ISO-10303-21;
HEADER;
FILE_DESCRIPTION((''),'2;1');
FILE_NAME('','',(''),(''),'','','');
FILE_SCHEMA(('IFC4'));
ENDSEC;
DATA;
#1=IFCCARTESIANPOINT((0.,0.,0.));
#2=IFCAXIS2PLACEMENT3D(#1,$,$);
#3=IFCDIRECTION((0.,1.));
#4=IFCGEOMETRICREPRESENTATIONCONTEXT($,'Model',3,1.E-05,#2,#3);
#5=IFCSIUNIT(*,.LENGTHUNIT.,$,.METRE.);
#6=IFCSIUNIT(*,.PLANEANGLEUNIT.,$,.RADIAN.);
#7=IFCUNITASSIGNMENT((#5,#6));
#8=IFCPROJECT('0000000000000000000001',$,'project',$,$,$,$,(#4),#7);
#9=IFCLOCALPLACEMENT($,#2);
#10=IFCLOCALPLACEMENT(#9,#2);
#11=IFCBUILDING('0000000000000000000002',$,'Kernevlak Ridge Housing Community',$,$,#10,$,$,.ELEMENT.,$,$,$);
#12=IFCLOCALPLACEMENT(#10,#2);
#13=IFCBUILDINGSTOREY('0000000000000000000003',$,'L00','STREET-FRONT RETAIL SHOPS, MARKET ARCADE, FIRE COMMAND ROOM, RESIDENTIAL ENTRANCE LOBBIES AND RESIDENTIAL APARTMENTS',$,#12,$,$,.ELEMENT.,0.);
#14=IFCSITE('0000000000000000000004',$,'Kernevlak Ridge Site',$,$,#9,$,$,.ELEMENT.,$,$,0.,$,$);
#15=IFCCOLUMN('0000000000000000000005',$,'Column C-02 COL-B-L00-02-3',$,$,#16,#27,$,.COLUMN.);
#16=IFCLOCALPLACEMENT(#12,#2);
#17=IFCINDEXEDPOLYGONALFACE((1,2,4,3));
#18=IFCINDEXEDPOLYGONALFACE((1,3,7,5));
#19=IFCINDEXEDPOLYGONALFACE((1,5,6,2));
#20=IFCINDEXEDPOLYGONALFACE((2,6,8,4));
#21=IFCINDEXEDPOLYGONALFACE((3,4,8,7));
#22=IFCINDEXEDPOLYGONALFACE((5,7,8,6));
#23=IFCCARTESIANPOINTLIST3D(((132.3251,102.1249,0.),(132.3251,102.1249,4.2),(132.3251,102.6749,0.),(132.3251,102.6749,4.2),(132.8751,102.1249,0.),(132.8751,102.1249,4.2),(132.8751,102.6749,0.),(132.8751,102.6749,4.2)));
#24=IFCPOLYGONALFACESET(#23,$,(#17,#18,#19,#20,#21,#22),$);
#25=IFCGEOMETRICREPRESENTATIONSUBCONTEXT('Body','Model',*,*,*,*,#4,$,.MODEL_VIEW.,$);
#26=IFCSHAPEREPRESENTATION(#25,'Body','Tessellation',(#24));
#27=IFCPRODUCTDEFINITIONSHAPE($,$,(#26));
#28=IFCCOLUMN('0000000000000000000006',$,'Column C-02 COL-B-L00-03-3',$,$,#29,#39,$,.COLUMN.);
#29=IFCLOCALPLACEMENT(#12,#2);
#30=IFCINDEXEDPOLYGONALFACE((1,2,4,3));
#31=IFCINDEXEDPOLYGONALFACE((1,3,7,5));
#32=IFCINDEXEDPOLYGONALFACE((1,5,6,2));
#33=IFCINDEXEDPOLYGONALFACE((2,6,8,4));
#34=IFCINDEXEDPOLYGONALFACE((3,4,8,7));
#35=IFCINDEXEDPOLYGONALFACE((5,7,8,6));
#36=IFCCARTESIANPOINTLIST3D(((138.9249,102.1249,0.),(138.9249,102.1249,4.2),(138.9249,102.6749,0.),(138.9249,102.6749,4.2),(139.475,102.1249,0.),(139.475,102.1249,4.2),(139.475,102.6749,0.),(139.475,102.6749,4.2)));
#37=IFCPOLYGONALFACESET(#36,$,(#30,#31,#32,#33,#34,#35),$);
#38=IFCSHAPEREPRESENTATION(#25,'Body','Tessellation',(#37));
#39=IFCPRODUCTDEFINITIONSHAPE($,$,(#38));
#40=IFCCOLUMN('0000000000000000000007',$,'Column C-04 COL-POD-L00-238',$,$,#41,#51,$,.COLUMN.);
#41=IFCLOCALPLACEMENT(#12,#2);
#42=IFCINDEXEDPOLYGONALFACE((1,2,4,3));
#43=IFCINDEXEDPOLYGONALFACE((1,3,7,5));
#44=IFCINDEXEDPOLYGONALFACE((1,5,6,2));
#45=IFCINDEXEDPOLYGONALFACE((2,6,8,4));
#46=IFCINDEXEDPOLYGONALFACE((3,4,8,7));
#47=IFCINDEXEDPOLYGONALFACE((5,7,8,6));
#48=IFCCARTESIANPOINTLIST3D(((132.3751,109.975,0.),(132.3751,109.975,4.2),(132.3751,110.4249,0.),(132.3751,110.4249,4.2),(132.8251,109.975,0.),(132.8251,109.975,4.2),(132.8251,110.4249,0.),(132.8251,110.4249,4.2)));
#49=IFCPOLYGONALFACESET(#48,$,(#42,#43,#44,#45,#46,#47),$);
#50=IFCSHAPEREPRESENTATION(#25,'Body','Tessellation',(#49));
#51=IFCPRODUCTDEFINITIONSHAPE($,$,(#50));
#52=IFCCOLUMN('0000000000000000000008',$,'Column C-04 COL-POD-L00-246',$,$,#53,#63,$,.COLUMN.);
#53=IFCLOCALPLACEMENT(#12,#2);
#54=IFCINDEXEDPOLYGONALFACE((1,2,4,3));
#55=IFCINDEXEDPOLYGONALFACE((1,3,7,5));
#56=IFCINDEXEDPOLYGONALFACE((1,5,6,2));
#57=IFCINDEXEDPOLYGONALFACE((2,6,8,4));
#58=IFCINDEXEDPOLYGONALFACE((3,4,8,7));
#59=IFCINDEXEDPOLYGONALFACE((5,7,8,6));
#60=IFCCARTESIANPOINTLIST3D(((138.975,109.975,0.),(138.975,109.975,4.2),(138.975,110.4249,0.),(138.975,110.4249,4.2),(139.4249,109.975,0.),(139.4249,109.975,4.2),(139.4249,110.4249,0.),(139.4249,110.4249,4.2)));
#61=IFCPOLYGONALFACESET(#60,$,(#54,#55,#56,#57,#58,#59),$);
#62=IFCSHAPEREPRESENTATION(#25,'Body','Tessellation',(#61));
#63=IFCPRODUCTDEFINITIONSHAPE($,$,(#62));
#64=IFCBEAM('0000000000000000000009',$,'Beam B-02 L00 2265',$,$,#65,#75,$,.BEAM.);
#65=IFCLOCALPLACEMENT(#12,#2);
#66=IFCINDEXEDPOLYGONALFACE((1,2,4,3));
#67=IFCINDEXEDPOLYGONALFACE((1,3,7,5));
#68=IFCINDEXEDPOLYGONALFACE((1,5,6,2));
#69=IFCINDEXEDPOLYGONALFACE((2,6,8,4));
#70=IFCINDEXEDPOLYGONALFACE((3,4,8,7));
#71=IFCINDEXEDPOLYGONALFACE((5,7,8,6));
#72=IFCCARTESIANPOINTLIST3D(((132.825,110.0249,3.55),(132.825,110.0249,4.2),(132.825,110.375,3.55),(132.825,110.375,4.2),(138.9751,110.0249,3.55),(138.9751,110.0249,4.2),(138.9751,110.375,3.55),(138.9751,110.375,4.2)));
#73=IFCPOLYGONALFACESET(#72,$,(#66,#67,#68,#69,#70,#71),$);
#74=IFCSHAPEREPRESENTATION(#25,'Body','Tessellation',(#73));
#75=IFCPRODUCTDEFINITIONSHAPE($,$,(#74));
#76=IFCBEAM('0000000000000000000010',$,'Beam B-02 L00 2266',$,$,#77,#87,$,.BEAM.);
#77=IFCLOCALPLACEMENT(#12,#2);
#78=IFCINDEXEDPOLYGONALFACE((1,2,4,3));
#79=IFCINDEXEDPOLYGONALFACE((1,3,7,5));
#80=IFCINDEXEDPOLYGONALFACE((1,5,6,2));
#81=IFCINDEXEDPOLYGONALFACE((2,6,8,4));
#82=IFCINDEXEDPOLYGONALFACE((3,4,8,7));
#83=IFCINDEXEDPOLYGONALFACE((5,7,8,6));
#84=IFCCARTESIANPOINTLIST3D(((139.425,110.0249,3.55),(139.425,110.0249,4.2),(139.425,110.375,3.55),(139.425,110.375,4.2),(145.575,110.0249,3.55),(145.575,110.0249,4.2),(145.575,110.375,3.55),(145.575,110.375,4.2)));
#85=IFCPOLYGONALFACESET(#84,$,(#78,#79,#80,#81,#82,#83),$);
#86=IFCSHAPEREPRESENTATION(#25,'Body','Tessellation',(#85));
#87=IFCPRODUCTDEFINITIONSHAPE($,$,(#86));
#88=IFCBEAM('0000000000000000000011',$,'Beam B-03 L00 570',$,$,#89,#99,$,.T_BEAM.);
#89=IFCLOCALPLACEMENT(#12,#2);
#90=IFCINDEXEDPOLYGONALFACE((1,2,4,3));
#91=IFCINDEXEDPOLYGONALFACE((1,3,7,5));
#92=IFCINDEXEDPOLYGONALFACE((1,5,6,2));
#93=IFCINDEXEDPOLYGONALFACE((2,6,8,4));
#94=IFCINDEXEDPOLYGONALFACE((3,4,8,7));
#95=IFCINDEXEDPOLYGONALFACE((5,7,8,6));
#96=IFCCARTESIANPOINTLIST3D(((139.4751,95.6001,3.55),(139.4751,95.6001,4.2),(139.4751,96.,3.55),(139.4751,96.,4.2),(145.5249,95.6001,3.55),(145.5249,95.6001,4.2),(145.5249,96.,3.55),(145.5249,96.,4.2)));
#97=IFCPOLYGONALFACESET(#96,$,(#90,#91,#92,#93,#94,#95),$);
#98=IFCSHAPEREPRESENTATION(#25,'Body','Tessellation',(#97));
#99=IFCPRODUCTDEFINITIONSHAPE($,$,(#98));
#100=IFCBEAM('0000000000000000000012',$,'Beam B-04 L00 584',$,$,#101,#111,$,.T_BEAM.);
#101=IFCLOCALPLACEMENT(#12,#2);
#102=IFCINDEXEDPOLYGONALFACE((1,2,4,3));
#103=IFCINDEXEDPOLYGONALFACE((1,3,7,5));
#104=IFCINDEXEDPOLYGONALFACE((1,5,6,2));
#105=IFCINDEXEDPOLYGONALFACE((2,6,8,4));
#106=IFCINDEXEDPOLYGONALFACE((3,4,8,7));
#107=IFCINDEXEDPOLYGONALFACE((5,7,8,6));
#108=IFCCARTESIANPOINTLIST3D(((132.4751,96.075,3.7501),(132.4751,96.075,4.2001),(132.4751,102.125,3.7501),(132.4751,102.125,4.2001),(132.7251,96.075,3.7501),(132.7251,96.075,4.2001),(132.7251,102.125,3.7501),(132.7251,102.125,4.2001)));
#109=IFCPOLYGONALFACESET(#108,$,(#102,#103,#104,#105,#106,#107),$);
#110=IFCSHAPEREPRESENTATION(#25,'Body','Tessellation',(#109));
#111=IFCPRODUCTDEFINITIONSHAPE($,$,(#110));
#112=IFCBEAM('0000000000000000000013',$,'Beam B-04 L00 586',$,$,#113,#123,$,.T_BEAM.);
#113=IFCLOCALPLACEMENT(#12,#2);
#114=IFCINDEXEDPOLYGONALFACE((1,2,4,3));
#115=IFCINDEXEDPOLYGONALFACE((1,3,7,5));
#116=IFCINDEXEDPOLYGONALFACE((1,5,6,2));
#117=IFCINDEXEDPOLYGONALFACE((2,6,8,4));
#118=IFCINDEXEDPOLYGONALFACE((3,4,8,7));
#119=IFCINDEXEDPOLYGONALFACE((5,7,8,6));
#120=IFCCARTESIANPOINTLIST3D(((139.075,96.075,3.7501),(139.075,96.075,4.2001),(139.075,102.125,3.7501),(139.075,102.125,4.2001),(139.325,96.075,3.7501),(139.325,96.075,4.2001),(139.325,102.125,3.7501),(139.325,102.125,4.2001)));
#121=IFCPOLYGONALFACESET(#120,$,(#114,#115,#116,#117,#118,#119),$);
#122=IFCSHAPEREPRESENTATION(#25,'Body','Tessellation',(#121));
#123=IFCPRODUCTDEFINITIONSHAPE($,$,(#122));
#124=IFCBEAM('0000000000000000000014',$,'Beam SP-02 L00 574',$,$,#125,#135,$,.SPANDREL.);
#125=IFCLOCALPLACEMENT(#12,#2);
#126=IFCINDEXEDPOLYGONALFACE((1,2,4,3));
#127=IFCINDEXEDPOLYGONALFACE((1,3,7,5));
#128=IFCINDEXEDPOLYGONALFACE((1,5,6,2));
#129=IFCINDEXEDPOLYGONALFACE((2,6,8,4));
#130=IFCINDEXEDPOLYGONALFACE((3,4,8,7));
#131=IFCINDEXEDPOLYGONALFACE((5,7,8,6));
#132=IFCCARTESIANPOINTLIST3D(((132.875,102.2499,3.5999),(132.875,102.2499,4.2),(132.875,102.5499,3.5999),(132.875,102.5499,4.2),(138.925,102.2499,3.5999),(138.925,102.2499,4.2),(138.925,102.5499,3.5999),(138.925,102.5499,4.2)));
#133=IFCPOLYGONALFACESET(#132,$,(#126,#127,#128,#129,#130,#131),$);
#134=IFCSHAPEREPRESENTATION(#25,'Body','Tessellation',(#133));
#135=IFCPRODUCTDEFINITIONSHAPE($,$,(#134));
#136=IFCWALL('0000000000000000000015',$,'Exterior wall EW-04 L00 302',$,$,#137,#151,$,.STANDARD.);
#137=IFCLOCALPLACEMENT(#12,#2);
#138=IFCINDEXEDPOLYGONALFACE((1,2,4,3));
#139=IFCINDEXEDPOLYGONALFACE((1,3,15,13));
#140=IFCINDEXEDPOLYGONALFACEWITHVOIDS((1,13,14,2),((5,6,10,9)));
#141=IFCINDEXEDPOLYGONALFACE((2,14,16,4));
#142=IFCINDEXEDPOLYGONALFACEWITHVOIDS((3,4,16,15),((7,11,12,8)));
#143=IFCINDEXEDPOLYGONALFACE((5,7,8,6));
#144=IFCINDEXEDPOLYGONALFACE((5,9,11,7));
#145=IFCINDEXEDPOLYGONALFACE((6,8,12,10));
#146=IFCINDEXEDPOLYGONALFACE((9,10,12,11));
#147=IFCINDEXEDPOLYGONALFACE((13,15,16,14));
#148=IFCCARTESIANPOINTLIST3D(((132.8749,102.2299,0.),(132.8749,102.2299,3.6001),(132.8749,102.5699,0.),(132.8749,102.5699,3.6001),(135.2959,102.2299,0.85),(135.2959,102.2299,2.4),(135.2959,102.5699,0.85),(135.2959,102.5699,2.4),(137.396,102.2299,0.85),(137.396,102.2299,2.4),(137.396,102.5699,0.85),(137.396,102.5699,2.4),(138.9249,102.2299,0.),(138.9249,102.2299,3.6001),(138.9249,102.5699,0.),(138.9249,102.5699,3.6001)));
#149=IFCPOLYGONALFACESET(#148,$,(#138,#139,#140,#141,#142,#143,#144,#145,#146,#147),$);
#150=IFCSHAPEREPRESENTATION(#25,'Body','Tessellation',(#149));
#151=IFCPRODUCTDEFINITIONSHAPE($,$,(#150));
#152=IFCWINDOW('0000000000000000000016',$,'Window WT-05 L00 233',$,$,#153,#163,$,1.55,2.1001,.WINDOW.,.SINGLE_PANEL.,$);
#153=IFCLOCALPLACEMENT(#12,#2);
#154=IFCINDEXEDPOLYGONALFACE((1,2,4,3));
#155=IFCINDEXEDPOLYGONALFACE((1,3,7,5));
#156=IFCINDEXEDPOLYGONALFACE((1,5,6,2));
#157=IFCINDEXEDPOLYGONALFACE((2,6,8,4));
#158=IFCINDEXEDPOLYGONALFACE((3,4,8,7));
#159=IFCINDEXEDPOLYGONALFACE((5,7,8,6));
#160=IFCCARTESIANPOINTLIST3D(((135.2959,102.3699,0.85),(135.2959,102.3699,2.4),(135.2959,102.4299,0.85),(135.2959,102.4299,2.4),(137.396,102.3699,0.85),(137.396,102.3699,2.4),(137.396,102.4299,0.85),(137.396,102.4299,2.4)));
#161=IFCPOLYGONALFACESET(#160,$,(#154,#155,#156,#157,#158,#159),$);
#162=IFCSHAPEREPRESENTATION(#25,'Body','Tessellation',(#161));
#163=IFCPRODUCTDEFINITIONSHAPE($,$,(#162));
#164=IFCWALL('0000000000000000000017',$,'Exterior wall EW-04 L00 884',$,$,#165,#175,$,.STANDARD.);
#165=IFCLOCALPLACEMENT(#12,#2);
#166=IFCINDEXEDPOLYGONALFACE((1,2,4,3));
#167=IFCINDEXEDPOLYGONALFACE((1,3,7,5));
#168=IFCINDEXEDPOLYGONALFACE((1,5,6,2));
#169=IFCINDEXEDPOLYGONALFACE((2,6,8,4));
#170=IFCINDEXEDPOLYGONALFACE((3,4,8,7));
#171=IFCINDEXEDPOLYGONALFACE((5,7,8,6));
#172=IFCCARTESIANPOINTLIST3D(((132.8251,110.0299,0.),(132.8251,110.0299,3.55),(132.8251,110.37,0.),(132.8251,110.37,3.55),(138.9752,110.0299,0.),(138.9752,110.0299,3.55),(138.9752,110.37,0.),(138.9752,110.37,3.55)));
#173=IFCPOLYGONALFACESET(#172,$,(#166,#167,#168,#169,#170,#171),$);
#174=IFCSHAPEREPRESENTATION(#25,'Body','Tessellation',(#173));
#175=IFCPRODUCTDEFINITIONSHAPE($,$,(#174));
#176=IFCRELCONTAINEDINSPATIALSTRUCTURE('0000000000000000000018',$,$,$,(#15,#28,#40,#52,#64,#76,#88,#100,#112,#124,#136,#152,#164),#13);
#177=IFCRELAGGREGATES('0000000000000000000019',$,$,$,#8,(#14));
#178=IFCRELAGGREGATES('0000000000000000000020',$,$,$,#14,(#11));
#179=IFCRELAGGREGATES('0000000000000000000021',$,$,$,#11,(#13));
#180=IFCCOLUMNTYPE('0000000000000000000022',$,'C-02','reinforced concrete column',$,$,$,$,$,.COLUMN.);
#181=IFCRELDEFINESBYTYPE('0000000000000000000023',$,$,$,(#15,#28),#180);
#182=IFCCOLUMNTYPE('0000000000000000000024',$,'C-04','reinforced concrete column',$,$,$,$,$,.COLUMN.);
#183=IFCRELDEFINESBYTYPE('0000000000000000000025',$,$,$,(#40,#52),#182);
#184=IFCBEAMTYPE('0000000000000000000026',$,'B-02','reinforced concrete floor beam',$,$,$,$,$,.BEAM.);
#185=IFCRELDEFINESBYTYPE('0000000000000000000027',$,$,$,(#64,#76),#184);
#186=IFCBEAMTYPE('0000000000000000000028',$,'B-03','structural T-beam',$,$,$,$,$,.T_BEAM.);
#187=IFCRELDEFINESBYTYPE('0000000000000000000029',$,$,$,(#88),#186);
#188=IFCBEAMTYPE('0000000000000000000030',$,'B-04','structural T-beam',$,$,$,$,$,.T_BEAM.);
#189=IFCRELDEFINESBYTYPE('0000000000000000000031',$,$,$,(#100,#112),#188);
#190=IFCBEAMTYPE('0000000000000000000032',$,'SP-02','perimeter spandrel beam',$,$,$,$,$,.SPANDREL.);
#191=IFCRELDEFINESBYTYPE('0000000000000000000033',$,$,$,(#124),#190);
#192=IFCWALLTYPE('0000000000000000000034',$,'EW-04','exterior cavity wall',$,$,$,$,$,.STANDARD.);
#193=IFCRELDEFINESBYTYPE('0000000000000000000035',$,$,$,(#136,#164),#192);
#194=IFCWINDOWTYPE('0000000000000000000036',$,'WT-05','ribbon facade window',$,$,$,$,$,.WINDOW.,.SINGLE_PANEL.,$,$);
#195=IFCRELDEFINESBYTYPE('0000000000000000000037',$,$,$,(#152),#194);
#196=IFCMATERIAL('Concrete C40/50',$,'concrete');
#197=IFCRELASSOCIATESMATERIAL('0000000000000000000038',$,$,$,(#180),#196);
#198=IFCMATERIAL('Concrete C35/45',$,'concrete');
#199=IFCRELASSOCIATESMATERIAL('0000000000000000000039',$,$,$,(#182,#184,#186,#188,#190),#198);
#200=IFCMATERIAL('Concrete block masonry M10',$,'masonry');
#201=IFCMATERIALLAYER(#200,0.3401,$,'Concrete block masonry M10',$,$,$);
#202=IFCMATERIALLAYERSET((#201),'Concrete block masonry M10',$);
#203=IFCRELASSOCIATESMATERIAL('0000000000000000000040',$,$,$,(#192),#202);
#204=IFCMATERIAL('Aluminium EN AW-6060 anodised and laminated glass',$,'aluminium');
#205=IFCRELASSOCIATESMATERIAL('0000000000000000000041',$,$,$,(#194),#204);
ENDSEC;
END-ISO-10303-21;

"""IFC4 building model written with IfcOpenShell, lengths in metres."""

from ifc_helpers import new_model, si_unit, direction, frame, frame_2d, origin, origin_2d, place, context, subcontext, project, spatial, rectangle, extrude, material, layer, layer_set, material_profile, profile_set, type_object, element, fill, save


model = new_model("IFC4")

# Units and contexts
model_context = context("Model", 3, precision=1e-05, world=origin(), true_north=direction((0.0, 1.0)))
body_context = subcontext(model_context, "Body", "Model", "MODEL_VIEW")
ifc_project = project(units=[si_unit("LENGTHUNIT", "METRE"), si_unit("PLANEANGLEUNIT", "RADIAN")], contexts=[model_context])

# Site, building, storey
site_placement = place(None, origin())
site = spatial("IfcSite", under=ifc_project, at=site_placement, Name="Kernevlak Ridge Site", CompositionType="ELEMENT", RefElevation=0.0)
building_placement = place(site_placement, origin())
building = spatial("IfcBuilding", under=site, at=building_placement, Name="Kernevlak Ridge Housing Community", CompositionType="ELEMENT")
storey_placement = place(building_placement, origin())
storey = spatial("IfcBuildingStorey", under=building, at=storey_placement, Name="L00", Description="STREET-FRONT RETAIL SHOPS, MARKET ARCADE, FIRE COMMAND ROOM, RESIDENTIAL ENTRANCE LOBBIES AND RESIDENTIAL APARTMENTS", CompositionType="ELEMENT", Elevation=0.0)

# Columns
ifc_material_1 = material(Name="Concrete C40/50", Category="concrete")
ifc_material_profile_1 = material_profile(ifc_material_1, rectangle(XDim=0.55, YDim=0.55, at=origin_2d()), Name="RC 550x550")
ifc_profile_set_1 = profile_set([ifc_material_profile_1], Name="Concrete C40/50")
column_type_1 = type_object("IfcColumnType", Name="C-02", Description="reinforced concrete column", PredefinedType="COLUMN", material=ifc_profile_set_1)
for number, where, z_axis, x_axis, name in (
    (1, (132.6001, 102.3999, 0.0), (0.0, 0.0, 1.0), (1.0, 0.0, 0.0), "Column C-02 COL-B-L00-02-3"),
    (2, (139.2, 102.3999, 0.0), (0.0, 0.0, 1.0), (1.0, 0.0, 0.0), "Column C-02 COL-B-L00-03-3"),
):
    element("IfcColumn", number, at=place(storey_placement, frame(where, z_axis=z_axis, x_axis=x_axis)), inside=storey, type_object=column_type_1, Name=name, PredefinedType="COLUMN", context=body_context, shape_type="SweptSolid", body=[
        extrude(rectangle(XDim=0.55, YDim=0.55, at=origin_2d()), origin(), (0.0, 0.0, 1.0), 4.2),
    ])
ifc_material_2 = material(Name="Concrete C35/45", Category="concrete")
ifc_material_profile_2 = material_profile(ifc_material_2, rectangle(XDim=0.45, YDim=0.45, at=origin_2d()), Name="RC 450x450")
ifc_profile_set_2 = profile_set([ifc_material_profile_2], Name="Concrete C35/45")
column_type_2 = type_object("IfcColumnType", Name="C-04", Description="reinforced concrete column", PredefinedType="COLUMN", material=ifc_profile_set_2)
for number, where, z_axis, x_axis, name in (
    (3, (132.6001, 110.2, 0.0), (0.0, 0.0, 1.0), (1.0, 0.0, 0.0), "Column C-04 COL-POD-L00-238"),
    (4, (139.2, 110.2, 0.0), (0.0, 0.0, 1.0), (1.0, 0.0, 0.0), "Column C-04 COL-POD-L00-246"),
):
    element("IfcColumn", number, at=place(storey_placement, frame(where, z_axis=z_axis, x_axis=x_axis)), inside=storey, type_object=column_type_2, Name=name, PredefinedType="COLUMN", context=body_context, shape_type="SweptSolid", body=[
        extrude(rectangle(XDim=0.45, YDim=0.45, at=origin_2d()), origin(), (0.0, 0.0, 1.0), 4.2),
    ])

# Beams
ifc_material_profile_3 = material_profile(ifc_material_2, rectangle(XDim=0.3501, YDim=0.6499, at=origin_2d()), Name="RC 350x650")
ifc_profile_set_3 = profile_set([ifc_material_profile_3], Name="Concrete C35/45")
beam_type_1 = type_object("IfcBeamType", Name="B-02", Description="reinforced concrete floor beam", PredefinedType="BEAM", material=ifc_profile_set_3)
beam_1_placement = place(storey_placement, frame((132.825, 110.2, 3.875), z_axis=(1.0, 0.0, 0.0), x_axis=(0.0, 1.0, 0.0)))
element("IfcBeam", 5, at=beam_1_placement, inside=storey, type_object=beam_type_1, Name="Beam B-02 L00 2265", PredefinedType="BEAM", context=body_context, shape_type="SweptSolid", body=[
    extrude(rectangle(XDim=0.3501, YDim=0.6499, at=origin_2d()), origin(), (0.0, 0.0, 1.0), 6.1501),
])
beam_2_placement = place(storey_placement, frame((139.425, 110.2, 3.875), z_axis=(1.0, 0.0, 0.0), x_axis=(0.0, 1.0, 0.0)))
element("IfcBeam", 6, at=beam_2_placement, inside=storey, type_object=beam_type_1, Name="Beam B-02 L00 2266", PredefinedType="BEAM", context=body_context, shape_type="SweptSolid", body=[
    extrude(rectangle(XDim=0.3501, YDim=0.6499, at=origin_2d()), origin(), (0.0, 0.0, 1.0), 6.1499),
])
ifc_material_profile_4 = material_profile(ifc_material_2, rectangle(XDim=0.3999, YDim=0.6499, at=origin_2d()), Name="RC 400x650")
ifc_profile_set_4 = profile_set([ifc_material_profile_4], Name="Concrete C35/45")
beam_type_2 = type_object("IfcBeamType", Name="B-03", Description="structural T-beam", PredefinedType="T_BEAM", material=ifc_profile_set_4)
beam_3_placement = place(storey_placement, frame((139.4751, 95.8, 3.875), z_axis=(1.0, 0.0, 0.0), x_axis=(0.0, 1.0, 0.0)))
element("IfcBeam", 7, at=beam_3_placement, inside=storey, type_object=beam_type_2, Name="Beam B-03 L00 570", PredefinedType="T_BEAM", context=body_context, shape_type="SweptSolid", body=[
    extrude(rectangle(XDim=0.3999, YDim=0.6499, at=origin_2d()), origin(), (0.0, 0.0, 1.0), 6.0498),
])
ifc_material_profile_5 = material_profile(ifc_material_2, rectangle(XDim=0.25, YDim=0.45, at=origin_2d()), Name="RC 250x450")
ifc_profile_set_5 = profile_set([ifc_material_profile_5], Name="Concrete C35/45")
beam_type_3 = type_object("IfcBeamType", Name="B-04", Description="structural T-beam", PredefinedType="T_BEAM", material=ifc_profile_set_5)
for number, where, z_axis, x_axis, name in (
    (8, (132.6001, 96.075, 3.9751), (0.0, 1.0, 0.0), (-1.0, 0.0, 0.0), "Beam B-04 L00 584"),
    (9, (139.2, 96.075, 3.9751), (0.0, 1.0, 0.0), (-1.0, 0.0, 0.0), "Beam B-04 L00 586"),
):
    element("IfcBeam", number, at=place(storey_placement, frame(where, z_axis=z_axis, x_axis=x_axis)), inside=storey, type_object=beam_type_3, Name=name, PredefinedType="T_BEAM", context=body_context, shape_type="SweptSolid", body=[
        extrude(rectangle(XDim=0.25, YDim=0.45, at=origin_2d()), origin(), (0.0, 0.0, 1.0), 6.05),
    ])
ifc_material_profile_6 = material_profile(ifc_material_2, rectangle(XDim=0.3, YDim=0.6001, at=origin_2d()), Name="RC 300x600")
ifc_profile_set_6 = profile_set([ifc_material_profile_6], Name="Concrete C35/45")
beam_type_4 = type_object("IfcBeamType", Name="SP-02", Description="perimeter spandrel beam", PredefinedType="SPANDREL", material=ifc_profile_set_6)
beam_4_placement = place(storey_placement, frame((132.875, 102.3999, 3.8999), z_axis=(1.0, 0.0, 0.0), x_axis=(0.0, 1.0, 0.0)))
element("IfcBeam", 10, at=beam_4_placement, inside=storey, type_object=beam_type_4, Name="Beam SP-02 L00 574", PredefinedType="SPANDREL", context=body_context, shape_type="SweptSolid", body=[
    extrude(rectangle(XDim=0.3, YDim=0.6001, at=origin_2d()), origin(), (0.0, 0.0, 1.0), 6.05),
])

# Wall, opening, window
ifc_material_3 = material(Name="Concrete block masonry M10", Category="masonry")
ifc_layer_1 = layer(ifc_material_3, 0.3401, Name="Concrete block masonry M10")
ifc_layer_set_1 = layer_set([ifc_layer_1], Name="Concrete block masonry M10")
wall_type_1 = type_object("IfcWallType", Name="EW-04", Description="exterior cavity wall", PredefinedType="STANDARD", material=ifc_layer_set_1)
wall_1_placement = place(storey_placement, frame((132.875, 102.3999, 0.0), z_axis=(0.0, 0.0, 1.0), x_axis=(1.0, 0.0, 0.0)))
wall_1 = element("IfcWall", 11, at=wall_1_placement, inside=storey, type_object=wall_type_1, Name="Exterior wall EW-04 L00 302", PredefinedType="STANDARD", context=body_context, shape_type="SweptSolid", body=[
    extrude(rectangle(XDim=6.05, YDim=0.3401, at=frame_2d((3.0249, 0.0))), origin(), (0.0, 0.0, 1.0), 3.6001),
])
opening_1_placement = place(wall_1_placement, frame((2.4209, 0.0, 0.8501)))
opening_1 = element("IfcOpeningElement", 12, at=opening_1_placement, cuts=wall_1, PredefinedType="OPENING", context=body_context, shape_type="SweptSolid", body=[
    extrude(rectangle(XDim=2.1001, YDim=1.55, at=frame_2d((1.05, 0.7749))), frame((0.0, 0.1799, 0.0), z_axis=(0.0, -1.0, 0.0), x_axis=(1.0, 0.0, 0.0)), (0.0, 0.0, 1.0), 0.3601),
])
ifc_material_4 = material(Name="Aluminium EN AW-6060 anodised and laminated glass", Category="aluminium")
window_type = type_object("IfcWindowType", Name="WT-05", Description="ribbon facade window", PartitioningType="SINGLE_PANEL", PredefinedType="WINDOW", material=ifc_material_4)
window_placement = place(opening_1_placement, origin())
window = element("IfcWindow", 13, at=window_placement, inside=storey, type_object=window_type, Name="Window WT-05 L00 233", OverallHeight=1.55, OverallWidth=2.1001, PartitioningType="SINGLE_PANEL", PredefinedType="WINDOW", context=body_context, shape_type="SweptSolid", body=[
    extrude(rectangle(XDim=2.1001, YDim=1.55, at=frame_2d((1.05, 0.7749))), frame((0.0, 0.03, 0.0), z_axis=(0.0, -1.0, 0.0), x_axis=(1.0, 0.0, 0.0)), (0.0, 0.0, 1.0), 0.0601),
])
fill(opening_1, window)

# Wall
wall_2_placement = place(storey_placement, frame((132.825, 110.2, 0.0), z_axis=(0.0, 0.0, 1.0), x_axis=(1.0, 0.0, 0.0)))
element("IfcWall", 14, at=wall_2_placement, inside=storey, type_object=wall_type_1, Name="Exterior wall EW-04 L00 884", PredefinedType="STANDARD", context=body_context, shape_type="SweptSolid", body=[
    extrude(rectangle(XDim=6.1501, YDim=0.3401, at=frame_2d((3.0752, 0.0))), origin(), (0.0, 0.0, 1.0), 3.55),
])

save(model, "model.ifc")
